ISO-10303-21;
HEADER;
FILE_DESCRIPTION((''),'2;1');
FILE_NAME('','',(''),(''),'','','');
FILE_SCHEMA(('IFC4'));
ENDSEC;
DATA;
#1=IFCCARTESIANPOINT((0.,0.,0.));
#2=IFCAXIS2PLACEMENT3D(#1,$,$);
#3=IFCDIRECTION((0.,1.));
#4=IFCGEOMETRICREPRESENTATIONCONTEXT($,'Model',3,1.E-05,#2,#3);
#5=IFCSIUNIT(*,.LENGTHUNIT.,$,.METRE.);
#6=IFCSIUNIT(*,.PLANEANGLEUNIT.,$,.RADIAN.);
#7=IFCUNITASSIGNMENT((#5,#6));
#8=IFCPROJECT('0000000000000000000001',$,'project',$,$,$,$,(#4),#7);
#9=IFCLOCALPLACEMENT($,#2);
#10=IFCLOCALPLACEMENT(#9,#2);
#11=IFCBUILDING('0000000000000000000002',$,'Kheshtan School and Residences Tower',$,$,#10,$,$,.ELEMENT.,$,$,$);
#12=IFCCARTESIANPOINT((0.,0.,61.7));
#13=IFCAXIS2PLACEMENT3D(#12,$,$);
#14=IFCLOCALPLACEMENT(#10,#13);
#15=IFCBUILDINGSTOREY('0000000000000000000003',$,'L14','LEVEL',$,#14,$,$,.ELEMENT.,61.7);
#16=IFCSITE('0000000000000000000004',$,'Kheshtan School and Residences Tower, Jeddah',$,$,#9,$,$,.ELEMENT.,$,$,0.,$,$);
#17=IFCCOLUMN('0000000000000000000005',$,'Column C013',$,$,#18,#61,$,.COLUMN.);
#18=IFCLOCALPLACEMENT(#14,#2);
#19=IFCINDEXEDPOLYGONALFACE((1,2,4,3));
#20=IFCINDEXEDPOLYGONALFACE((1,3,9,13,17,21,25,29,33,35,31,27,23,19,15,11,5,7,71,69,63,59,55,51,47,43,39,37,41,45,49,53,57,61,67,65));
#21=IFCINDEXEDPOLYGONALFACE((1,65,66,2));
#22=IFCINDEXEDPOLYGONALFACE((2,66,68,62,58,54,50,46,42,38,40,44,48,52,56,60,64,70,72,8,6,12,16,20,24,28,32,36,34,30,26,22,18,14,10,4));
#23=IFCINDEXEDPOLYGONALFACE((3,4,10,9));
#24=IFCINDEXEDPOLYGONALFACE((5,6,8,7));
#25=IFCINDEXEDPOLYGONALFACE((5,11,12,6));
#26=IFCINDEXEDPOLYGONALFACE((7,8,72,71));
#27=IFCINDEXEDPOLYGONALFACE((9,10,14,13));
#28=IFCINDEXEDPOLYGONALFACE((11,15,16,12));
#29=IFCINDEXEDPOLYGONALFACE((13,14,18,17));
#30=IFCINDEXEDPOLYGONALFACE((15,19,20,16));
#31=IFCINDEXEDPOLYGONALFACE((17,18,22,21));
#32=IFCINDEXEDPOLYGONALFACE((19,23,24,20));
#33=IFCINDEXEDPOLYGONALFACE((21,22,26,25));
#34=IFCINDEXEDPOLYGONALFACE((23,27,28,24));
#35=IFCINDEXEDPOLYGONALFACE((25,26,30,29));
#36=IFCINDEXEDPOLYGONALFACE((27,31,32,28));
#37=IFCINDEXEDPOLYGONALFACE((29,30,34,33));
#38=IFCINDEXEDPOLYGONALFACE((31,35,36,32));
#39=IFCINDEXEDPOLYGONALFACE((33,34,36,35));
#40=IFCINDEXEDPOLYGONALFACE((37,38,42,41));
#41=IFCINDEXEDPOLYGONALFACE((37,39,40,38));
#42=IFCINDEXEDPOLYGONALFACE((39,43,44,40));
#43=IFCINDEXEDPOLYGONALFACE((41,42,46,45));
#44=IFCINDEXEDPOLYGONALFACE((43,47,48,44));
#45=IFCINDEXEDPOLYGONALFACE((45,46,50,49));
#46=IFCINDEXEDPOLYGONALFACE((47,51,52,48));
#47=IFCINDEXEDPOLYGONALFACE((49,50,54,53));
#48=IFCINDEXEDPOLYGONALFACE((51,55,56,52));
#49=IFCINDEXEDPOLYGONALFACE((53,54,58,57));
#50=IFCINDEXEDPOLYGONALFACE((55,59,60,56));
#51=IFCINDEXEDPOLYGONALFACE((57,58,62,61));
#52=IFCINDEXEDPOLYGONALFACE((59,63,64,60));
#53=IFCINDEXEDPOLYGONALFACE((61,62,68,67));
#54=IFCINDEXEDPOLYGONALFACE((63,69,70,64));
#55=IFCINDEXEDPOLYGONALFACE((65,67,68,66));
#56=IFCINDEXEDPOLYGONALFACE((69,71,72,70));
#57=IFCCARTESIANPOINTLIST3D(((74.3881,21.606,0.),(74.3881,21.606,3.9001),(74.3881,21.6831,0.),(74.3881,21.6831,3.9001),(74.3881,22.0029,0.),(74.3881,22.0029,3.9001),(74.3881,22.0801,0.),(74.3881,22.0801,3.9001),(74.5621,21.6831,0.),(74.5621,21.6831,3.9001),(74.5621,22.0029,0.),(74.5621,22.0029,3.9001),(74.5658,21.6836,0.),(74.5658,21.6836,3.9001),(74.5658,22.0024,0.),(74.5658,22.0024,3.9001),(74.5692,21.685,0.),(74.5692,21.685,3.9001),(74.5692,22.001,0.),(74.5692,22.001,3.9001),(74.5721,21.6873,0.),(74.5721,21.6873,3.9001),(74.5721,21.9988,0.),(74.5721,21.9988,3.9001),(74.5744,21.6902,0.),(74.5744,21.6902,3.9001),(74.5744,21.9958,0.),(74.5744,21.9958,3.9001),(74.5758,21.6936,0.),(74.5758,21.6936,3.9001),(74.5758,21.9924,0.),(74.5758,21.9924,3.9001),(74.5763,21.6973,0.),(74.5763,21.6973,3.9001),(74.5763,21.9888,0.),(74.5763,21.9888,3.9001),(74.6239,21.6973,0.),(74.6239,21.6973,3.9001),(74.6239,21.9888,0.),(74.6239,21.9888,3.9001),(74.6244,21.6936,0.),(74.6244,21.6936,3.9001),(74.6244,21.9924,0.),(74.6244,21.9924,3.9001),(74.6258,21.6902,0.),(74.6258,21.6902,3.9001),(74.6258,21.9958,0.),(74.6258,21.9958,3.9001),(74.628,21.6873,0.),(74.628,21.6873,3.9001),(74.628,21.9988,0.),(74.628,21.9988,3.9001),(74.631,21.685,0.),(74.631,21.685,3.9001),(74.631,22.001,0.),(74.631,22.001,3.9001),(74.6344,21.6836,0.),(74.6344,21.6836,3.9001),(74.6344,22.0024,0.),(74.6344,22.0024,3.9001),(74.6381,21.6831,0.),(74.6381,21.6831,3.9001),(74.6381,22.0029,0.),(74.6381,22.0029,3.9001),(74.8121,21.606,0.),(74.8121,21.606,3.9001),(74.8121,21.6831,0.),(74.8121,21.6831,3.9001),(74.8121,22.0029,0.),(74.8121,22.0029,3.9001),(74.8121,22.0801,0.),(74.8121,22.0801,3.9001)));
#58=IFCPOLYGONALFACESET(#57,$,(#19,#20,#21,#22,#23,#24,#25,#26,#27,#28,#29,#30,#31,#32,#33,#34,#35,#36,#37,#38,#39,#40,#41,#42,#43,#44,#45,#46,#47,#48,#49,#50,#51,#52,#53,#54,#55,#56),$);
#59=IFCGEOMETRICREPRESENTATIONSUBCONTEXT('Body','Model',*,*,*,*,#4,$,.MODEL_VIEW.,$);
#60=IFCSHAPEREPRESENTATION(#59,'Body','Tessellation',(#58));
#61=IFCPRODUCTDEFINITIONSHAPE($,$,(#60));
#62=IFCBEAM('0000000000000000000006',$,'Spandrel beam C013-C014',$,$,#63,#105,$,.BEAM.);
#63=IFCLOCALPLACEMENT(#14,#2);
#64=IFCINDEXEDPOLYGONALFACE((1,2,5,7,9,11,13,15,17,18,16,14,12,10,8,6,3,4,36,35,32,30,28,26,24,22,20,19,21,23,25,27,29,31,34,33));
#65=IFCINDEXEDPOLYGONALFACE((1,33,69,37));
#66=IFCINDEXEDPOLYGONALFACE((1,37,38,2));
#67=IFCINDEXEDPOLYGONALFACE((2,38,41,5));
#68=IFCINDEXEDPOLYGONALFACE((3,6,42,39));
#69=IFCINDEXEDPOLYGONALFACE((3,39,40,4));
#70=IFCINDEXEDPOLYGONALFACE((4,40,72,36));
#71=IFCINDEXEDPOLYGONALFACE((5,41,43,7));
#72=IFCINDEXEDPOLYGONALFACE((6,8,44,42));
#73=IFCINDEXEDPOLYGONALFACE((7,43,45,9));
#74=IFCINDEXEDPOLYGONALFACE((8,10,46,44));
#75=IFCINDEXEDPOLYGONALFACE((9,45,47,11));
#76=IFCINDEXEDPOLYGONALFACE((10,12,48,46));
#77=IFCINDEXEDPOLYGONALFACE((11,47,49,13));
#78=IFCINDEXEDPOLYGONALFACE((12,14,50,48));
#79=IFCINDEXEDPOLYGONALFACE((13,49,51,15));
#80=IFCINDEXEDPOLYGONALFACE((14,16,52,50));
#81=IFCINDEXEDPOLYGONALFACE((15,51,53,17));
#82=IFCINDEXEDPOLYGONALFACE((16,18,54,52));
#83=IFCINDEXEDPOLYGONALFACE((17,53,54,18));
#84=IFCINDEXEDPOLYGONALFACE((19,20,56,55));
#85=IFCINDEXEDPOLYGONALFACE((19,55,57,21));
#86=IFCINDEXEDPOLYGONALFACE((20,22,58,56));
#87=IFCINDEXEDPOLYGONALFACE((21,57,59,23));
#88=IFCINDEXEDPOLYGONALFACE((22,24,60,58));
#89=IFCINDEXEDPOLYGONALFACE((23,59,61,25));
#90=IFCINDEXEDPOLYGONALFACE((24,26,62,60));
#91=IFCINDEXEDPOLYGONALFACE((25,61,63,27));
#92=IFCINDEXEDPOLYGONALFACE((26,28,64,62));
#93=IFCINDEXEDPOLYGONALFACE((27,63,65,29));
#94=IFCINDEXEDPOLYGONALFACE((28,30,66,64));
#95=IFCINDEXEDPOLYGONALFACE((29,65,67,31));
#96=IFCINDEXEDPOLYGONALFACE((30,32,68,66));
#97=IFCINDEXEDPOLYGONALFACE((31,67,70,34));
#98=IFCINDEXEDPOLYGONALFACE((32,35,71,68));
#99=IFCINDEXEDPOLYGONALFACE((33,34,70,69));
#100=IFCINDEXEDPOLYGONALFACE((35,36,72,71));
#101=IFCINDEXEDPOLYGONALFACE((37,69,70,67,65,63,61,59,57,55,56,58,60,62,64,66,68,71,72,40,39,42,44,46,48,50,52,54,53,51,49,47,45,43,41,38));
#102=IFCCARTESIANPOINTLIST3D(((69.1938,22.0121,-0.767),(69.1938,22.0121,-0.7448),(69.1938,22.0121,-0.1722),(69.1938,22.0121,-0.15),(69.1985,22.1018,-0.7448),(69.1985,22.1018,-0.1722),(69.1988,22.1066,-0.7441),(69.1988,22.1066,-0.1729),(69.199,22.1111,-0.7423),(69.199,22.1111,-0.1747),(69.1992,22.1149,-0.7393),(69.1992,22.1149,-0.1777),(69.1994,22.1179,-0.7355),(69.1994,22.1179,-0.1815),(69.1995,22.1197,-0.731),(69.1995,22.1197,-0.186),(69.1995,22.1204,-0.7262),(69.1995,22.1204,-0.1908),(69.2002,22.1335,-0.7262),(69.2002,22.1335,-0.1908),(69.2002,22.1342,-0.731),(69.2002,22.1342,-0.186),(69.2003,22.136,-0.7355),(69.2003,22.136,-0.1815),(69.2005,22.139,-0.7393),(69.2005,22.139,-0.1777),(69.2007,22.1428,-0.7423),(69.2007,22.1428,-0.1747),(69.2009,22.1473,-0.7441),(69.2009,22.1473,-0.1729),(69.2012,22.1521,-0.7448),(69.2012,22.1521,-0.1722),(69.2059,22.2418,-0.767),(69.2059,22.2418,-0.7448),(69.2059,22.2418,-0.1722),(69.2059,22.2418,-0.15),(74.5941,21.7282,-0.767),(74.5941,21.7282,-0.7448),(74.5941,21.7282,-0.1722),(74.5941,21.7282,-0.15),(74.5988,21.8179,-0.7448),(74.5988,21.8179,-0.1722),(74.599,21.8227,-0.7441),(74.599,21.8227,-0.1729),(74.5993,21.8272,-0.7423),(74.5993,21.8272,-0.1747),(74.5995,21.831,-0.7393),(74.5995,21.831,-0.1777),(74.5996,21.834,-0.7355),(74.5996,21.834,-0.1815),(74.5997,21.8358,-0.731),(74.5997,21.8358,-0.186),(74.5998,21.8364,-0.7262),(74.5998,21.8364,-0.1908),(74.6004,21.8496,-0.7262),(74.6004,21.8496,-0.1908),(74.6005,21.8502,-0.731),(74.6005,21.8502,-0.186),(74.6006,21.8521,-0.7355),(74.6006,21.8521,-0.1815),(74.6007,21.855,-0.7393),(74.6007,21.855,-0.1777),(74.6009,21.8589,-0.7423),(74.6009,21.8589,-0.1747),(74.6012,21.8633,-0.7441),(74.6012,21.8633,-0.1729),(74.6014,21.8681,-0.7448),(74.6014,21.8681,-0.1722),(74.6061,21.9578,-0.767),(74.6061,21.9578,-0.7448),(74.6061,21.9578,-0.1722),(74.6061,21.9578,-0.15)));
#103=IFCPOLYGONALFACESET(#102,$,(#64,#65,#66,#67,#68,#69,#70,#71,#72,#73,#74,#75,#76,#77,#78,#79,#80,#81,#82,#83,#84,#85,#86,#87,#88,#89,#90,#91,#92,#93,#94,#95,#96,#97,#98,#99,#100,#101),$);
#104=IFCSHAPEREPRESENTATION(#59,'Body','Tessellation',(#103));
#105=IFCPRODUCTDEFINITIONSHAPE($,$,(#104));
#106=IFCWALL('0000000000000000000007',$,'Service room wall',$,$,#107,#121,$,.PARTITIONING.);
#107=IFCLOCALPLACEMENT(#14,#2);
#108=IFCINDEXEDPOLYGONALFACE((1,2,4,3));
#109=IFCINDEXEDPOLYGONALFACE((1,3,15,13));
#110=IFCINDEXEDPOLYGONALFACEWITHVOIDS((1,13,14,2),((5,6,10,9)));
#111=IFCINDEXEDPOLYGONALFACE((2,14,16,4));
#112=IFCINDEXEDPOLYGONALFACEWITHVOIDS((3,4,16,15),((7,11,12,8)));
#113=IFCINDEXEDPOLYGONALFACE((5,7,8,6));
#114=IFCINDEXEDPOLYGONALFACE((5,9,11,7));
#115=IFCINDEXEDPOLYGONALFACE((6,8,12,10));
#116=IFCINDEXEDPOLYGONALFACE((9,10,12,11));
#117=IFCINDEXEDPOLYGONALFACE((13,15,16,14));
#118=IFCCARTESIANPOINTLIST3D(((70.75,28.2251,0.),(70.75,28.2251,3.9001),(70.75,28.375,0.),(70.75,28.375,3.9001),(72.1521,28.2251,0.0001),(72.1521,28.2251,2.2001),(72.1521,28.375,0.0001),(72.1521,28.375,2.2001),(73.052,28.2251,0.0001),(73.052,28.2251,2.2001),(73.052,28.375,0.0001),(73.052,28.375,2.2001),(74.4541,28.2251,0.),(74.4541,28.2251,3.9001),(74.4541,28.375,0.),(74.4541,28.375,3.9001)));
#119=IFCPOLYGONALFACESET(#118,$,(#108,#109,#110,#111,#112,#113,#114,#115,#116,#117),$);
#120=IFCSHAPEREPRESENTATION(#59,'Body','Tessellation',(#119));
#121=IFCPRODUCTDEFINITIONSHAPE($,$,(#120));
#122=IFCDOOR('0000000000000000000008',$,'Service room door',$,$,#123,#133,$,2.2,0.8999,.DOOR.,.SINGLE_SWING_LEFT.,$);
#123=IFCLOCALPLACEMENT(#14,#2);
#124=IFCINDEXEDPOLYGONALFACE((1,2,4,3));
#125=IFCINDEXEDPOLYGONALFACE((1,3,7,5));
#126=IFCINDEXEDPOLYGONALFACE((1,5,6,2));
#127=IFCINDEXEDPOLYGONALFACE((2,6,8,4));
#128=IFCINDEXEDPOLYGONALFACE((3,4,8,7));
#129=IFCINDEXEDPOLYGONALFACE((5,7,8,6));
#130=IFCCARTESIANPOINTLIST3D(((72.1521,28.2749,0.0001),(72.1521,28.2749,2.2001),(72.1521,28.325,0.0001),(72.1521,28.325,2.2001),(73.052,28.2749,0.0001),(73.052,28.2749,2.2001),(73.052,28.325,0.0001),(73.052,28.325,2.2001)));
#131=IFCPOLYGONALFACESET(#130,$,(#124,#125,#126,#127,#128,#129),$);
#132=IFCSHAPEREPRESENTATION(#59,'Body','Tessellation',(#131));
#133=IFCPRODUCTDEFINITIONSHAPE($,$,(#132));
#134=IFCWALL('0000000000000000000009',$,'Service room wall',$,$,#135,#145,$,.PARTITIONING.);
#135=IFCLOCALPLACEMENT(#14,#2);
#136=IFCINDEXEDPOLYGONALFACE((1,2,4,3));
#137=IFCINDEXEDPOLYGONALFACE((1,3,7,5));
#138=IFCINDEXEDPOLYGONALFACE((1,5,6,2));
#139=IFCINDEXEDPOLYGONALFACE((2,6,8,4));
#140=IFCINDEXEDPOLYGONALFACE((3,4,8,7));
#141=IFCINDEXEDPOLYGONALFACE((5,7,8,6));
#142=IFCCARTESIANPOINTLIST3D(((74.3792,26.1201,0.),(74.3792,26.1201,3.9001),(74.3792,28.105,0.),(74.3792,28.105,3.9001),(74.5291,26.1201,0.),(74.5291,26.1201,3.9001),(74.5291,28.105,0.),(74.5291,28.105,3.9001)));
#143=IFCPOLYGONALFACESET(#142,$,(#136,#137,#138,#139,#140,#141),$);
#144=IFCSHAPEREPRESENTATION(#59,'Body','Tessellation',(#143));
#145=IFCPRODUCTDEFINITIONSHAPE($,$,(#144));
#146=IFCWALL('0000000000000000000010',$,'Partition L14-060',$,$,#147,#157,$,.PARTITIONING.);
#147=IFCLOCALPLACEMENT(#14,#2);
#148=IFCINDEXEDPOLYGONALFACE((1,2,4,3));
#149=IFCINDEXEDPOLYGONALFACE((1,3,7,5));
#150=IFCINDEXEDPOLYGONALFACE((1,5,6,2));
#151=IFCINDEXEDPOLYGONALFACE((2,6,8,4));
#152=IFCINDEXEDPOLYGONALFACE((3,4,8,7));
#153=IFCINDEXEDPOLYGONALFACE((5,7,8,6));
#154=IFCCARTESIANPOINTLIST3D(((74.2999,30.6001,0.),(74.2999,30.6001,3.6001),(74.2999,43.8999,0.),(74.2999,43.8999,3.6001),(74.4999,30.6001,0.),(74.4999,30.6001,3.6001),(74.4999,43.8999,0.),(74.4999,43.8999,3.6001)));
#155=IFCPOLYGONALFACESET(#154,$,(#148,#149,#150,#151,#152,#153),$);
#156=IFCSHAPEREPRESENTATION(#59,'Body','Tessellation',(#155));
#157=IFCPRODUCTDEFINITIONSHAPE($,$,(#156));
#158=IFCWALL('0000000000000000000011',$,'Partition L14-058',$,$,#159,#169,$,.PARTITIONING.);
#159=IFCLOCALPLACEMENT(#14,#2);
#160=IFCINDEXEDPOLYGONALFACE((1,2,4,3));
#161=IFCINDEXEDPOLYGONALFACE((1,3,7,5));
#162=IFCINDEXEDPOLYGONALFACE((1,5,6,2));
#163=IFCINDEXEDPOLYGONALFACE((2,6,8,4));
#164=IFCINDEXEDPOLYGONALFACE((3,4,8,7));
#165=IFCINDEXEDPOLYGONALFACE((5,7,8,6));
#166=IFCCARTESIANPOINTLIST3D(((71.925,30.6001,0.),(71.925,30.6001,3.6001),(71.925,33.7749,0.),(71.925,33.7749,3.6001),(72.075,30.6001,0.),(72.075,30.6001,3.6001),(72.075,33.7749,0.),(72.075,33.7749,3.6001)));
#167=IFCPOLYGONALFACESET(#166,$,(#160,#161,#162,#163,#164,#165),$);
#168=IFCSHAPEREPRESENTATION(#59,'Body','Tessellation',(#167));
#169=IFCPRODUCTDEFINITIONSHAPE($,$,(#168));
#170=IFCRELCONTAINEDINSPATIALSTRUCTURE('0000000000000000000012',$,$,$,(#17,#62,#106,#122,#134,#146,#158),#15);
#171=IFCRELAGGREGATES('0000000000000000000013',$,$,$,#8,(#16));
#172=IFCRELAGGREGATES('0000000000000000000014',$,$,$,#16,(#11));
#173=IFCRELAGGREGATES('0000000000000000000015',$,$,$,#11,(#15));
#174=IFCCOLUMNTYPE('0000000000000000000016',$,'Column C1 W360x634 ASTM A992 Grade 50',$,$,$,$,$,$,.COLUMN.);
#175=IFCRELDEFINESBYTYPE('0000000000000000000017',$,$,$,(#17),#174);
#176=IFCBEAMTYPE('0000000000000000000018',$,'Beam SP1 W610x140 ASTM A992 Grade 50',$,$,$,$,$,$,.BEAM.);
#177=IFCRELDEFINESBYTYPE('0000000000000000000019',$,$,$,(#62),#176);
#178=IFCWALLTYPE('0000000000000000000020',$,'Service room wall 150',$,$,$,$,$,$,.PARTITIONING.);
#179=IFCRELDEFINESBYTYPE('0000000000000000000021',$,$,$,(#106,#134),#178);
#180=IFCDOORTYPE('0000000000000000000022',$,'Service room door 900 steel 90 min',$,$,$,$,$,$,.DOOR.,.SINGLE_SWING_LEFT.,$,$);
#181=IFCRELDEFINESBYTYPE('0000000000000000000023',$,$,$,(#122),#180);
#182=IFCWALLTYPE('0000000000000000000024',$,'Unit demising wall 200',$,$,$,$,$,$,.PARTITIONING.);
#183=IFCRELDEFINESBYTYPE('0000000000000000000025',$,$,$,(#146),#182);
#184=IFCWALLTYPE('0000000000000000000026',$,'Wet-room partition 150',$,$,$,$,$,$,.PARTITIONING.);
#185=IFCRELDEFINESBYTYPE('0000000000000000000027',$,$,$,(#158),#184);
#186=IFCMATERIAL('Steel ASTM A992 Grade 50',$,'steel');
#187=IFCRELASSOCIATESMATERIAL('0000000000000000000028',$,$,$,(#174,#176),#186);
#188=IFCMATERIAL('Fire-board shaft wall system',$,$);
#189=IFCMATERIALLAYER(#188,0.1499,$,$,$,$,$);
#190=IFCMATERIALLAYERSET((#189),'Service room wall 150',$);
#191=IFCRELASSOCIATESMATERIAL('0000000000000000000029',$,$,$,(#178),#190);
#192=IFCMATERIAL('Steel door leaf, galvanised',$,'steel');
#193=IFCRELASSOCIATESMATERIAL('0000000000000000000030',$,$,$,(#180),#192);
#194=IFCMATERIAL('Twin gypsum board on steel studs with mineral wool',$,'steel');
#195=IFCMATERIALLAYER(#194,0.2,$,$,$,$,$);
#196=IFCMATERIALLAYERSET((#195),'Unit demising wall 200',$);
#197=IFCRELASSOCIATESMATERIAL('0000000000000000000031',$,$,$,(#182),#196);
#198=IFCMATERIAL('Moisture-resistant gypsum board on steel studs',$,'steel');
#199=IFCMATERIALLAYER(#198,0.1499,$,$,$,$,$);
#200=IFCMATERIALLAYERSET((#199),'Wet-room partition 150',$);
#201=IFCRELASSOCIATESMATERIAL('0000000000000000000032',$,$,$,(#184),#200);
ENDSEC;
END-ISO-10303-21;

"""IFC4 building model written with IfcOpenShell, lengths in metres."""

from ifc_helpers import new_model, si_unit, direction, frame, frame_2d, origin, origin_2d, place, context, subcontext, project, spatial, rectangle, i_section, extrude, source, transform, mapped, material, layer, layer_set, material_profile, profile_set, type_object, element, fill, save


model = new_model("IFC4")

# Units and contexts
model_context = context("Model", 3, precision=1e-05, world=origin(), true_north=direction((0.0, 1.0)))
body_context = subcontext(model_context, "Body", "Model", "MODEL_VIEW")
ifc_project = project(units=[si_unit("LENGTHUNIT", "METRE"), si_unit("PLANEANGLEUNIT", "RADIAN")], contexts=[model_context])

# Site, building, storey
site_placement = place(None, origin())
site = spatial("IfcSite", under=ifc_project, at=site_placement, Name="Kheshtan School and Residences Tower, Jeddah", CompositionType="ELEMENT", RefElevation=0.0)
building_placement = place(site_placement, origin())
building = spatial("IfcBuilding", under=site, at=building_placement, Name="Kheshtan School and Residences Tower", CompositionType="ELEMENT")
storey_placement = place(building_placement, frame((0.0, 0.0, 61.7)))
storey = spatial("IfcBuildingStorey", under=building, at=storey_placement, Name="L14", Description="LEVEL", CompositionType="ELEMENT", Elevation=61.7)

# Column
ifc_material_1 = material(Name="Steel ASTM A992 Grade 50", Category="steel")
ifc_material_profile_1 = material_profile(ifc_material_1, i_section(OverallWidth=0.4241, OverallDepth=0.4741, WebThickness=0.0476, FlangeThickness=0.0771, FilletRadius=0.0142, at=origin_2d()), Name="W360x634")
ifc_profile_set_1 = profile_set([ifc_material_profile_1], Name="Steel ASTM A992 Grade 50")
column_type = type_object("IfcColumnType", Name="Column C1 W360x634 ASTM A992 Grade 50", PredefinedType="COLUMN", material=ifc_profile_set_1)
column_placement = place(storey_placement, frame((74.6001, 21.843, 0.0), z_axis=(0.0, 0.0, 1.0), x_axis=(1.0, 0.0, 0.0)))
element("IfcColumn", 1, at=column_placement, inside=storey, type_object=column_type, Name="Column C013", PredefinedType="COLUMN", context=body_context, shape_type="SweptSolid", body=[
    extrude(i_section(OverallWidth=0.4241, OverallDepth=0.4741, WebThickness=0.0476, FlangeThickness=0.0771, FilletRadius=0.0142, at=origin_2d()), origin(), (0.0, 0.0, 1.0), 3.9001),
])

# Beam
ifc_material_profile_2 = material_profile(ifc_material_1, i_section(OverallWidth=0.23, OverallDepth=0.6169, WebThickness=0.0132, FlangeThickness=0.0222, FilletRadius=0.0186, at=origin_2d()), Name="W610x140")
ifc_profile_set_2 = profile_set([ifc_material_profile_2], Name="Steel ASTM A992 Grade 50")
beam_type = type_object("IfcBeamType", Name="Beam SP1 W610x140 ASTM A992 Grade 50", PredefinedType="BEAM", material=ifc_profile_set_2)
beam_placement = place(storey_placement, frame((74.6001, 21.843, -0.4585), z_axis=(-0.998621, 0.052507, 0.0), x_axis=(-0.052507, -0.998621, 0.0)))
element("IfcBeam", 2, at=beam_placement, inside=storey, type_object=beam_type, Name="Spandrel beam C013-C014", PredefinedType="BEAM", context=body_context, shape_type="SweptSolid", body=[
    extrude(i_section(OverallWidth=0.23, OverallDepth=0.6169, WebThickness=0.0132, FlangeThickness=0.0222, FilletRadius=0.0186, at=origin_2d()), origin(), (0.0, 0.0, 1.0), 5.4077),
])

# Wall, opening, door
ifc_material_2 = material(Name="Fire-board shaft wall system")
ifc_layer_1 = layer(ifc_material_2, 0.1499)
ifc_layer_set_1 = layer_set([ifc_layer_1], Name="Service room wall 150")
wall_type_1 = type_object("IfcWallType", Name="Service room wall 150", PredefinedType="PARTITIONING", material=ifc_layer_set_1)
wall_1_placement = place(storey_placement, frame((70.75, 28.3, 0.0), z_axis=(0.0, 0.0, 1.0), x_axis=(1.0, 0.0, 0.0)))
wall_1 = element("IfcWall", 3, at=wall_1_placement, inside=storey, type_object=wall_type_1, Name="Service room wall", PredefinedType="PARTITIONING", context=body_context, shape_type="SweptSolid", body=[
    extrude(rectangle(XDim=3.7041, YDim=0.1499, at=frame_2d((1.8521, 0.0))), origin(), (0.0, 0.0, 1.0), 3.9001),
])
opening_1_placement = place(wall_1_placement, frame((1.4021, 0.0, 0.0)))
opening_1 = element("IfcOpeningElement", 4, at=opening_1_placement, cuts=wall_1, PredefinedType="OPENING", context=body_context, shape_type="SweptSolid", body=[
    extrude(rectangle(XDim=0.8999, YDim=2.2, at=frame_2d((0.45, 1.1001))), frame((0.0, 0.085, 0.0), z_axis=(0.0, -1.0, 0.0), x_axis=(1.0, 0.0, 0.0)), (0.0, 0.0, 1.0), 0.1699),
])
ifc_material_3 = material(Name="Steel door leaf, galvanised", Category="steel")
door_type_1 = type_object("IfcDoorType", Name="Service room door 900 steel 90 min", OperationType="SINGLE_SWING_LEFT", PredefinedType="DOOR", material=ifc_material_3)
shared_shape_1 = source(origin(), body_context, "Body", "SweptSolid", [
    extrude(rectangle(XDim=0.8999, YDim=2.2, at=frame_2d((0.45, 1.1001))), frame((0.0, 0.0249, 0.0), z_axis=(0.0, -1.0, 0.0), x_axis=(1.0, 0.0, 0.0)), (0.0, 0.0, 1.0), 0.05),
])
door_1_placement = place(opening_1_placement, origin())
door_1 = element("IfcDoor", 5, at=door_1_placement, inside=storey, type_object=door_type_1, Name="Service room door", OperationType="SINGLE_SWING_LEFT", OverallHeight=2.2, OverallWidth=0.8999, PredefinedType="DOOR", context=body_context, shape_type="MappedRepresentation", body=[
    mapped(shared_shape_1, transform((0.0, 0.0, 0.0), x_axis=(1.0, 0.0, 0.0), y_axis=(0.0, 1.0, 0.0), z_axis=(0.0, 0.0, 1.0), scale=1.0)),
])
fill(opening_1, door_1)

# Walls
wall_2_placement = place(storey_placement, frame((74.4541, 26.1201, 0.0), z_axis=(0.0, 0.0, 1.0), x_axis=(0.0, 1.0, 0.0)))
element("IfcWall", 6, at=wall_2_placement, inside=storey, type_object=wall_type_1, Name="Service room wall", PredefinedType="PARTITIONING", context=body_context, shape_type="SweptSolid", body=[
    extrude(rectangle(XDim=1.9849, YDim=0.1499, at=frame_2d((0.9924, 0.0))), origin(), (0.0, 0.0, 1.0), 3.9001),
])
ifc_material_4 = material(Name="Twin gypsum board on steel studs with mineral wool", Category="steel")
ifc_layer_2 = layer(ifc_material_4, 0.2)
ifc_layer_set_2 = layer_set([ifc_layer_2], Name="Unit demising wall 200")
wall_type_2 = type_object("IfcWallType", Name="Unit demising wall 200", PredefinedType="PARTITIONING", material=ifc_layer_set_2)
wall_3_placement = place(storey_placement, frame((74.3999, 30.6001, 0.0), z_axis=(0.0, 0.0, 1.0), x_axis=(0.0, 1.0, 0.0)))
element("IfcWall", 7, at=wall_3_placement, inside=storey, type_object=wall_type_2, Name="Partition L14-060", PredefinedType="PARTITIONING", context=body_context, shape_type="SweptSolid", body=[
    extrude(rectangle(XDim=13.2998, YDim=0.2, at=frame_2d((6.6499, 0.0))), origin(), (0.0, 0.0, 1.0), 3.6001),
])
ifc_material_5 = material(Name="Moisture-resistant gypsum board on steel studs", Category="steel")
ifc_layer_3 = layer(ifc_material_5, 0.1499)
ifc_layer_set_3 = layer_set([ifc_layer_3], Name="Wet-room partition 150")
wall_type_3 = type_object("IfcWallType", Name="Wet-room partition 150", PredefinedType="PARTITIONING", material=ifc_layer_set_3)
wall_4_placement = place(storey_placement, frame((72.0, 30.6001, 0.0), z_axis=(0.0, 0.0, 1.0), x_axis=(0.0, 1.0, 0.0)))
element("IfcWall", 8, at=wall_4_placement, inside=storey, type_object=wall_type_3, Name="Partition L14-058", PredefinedType="PARTITIONING", context=body_context, shape_type="SweptSolid", body=[
    extrude(rectangle(XDim=3.1748, YDim=0.1499, at=frame_2d((1.5874, 0.0))), origin(), (0.0, 0.0, 1.0), 3.6001),
])

save(model, "model.ifc")
